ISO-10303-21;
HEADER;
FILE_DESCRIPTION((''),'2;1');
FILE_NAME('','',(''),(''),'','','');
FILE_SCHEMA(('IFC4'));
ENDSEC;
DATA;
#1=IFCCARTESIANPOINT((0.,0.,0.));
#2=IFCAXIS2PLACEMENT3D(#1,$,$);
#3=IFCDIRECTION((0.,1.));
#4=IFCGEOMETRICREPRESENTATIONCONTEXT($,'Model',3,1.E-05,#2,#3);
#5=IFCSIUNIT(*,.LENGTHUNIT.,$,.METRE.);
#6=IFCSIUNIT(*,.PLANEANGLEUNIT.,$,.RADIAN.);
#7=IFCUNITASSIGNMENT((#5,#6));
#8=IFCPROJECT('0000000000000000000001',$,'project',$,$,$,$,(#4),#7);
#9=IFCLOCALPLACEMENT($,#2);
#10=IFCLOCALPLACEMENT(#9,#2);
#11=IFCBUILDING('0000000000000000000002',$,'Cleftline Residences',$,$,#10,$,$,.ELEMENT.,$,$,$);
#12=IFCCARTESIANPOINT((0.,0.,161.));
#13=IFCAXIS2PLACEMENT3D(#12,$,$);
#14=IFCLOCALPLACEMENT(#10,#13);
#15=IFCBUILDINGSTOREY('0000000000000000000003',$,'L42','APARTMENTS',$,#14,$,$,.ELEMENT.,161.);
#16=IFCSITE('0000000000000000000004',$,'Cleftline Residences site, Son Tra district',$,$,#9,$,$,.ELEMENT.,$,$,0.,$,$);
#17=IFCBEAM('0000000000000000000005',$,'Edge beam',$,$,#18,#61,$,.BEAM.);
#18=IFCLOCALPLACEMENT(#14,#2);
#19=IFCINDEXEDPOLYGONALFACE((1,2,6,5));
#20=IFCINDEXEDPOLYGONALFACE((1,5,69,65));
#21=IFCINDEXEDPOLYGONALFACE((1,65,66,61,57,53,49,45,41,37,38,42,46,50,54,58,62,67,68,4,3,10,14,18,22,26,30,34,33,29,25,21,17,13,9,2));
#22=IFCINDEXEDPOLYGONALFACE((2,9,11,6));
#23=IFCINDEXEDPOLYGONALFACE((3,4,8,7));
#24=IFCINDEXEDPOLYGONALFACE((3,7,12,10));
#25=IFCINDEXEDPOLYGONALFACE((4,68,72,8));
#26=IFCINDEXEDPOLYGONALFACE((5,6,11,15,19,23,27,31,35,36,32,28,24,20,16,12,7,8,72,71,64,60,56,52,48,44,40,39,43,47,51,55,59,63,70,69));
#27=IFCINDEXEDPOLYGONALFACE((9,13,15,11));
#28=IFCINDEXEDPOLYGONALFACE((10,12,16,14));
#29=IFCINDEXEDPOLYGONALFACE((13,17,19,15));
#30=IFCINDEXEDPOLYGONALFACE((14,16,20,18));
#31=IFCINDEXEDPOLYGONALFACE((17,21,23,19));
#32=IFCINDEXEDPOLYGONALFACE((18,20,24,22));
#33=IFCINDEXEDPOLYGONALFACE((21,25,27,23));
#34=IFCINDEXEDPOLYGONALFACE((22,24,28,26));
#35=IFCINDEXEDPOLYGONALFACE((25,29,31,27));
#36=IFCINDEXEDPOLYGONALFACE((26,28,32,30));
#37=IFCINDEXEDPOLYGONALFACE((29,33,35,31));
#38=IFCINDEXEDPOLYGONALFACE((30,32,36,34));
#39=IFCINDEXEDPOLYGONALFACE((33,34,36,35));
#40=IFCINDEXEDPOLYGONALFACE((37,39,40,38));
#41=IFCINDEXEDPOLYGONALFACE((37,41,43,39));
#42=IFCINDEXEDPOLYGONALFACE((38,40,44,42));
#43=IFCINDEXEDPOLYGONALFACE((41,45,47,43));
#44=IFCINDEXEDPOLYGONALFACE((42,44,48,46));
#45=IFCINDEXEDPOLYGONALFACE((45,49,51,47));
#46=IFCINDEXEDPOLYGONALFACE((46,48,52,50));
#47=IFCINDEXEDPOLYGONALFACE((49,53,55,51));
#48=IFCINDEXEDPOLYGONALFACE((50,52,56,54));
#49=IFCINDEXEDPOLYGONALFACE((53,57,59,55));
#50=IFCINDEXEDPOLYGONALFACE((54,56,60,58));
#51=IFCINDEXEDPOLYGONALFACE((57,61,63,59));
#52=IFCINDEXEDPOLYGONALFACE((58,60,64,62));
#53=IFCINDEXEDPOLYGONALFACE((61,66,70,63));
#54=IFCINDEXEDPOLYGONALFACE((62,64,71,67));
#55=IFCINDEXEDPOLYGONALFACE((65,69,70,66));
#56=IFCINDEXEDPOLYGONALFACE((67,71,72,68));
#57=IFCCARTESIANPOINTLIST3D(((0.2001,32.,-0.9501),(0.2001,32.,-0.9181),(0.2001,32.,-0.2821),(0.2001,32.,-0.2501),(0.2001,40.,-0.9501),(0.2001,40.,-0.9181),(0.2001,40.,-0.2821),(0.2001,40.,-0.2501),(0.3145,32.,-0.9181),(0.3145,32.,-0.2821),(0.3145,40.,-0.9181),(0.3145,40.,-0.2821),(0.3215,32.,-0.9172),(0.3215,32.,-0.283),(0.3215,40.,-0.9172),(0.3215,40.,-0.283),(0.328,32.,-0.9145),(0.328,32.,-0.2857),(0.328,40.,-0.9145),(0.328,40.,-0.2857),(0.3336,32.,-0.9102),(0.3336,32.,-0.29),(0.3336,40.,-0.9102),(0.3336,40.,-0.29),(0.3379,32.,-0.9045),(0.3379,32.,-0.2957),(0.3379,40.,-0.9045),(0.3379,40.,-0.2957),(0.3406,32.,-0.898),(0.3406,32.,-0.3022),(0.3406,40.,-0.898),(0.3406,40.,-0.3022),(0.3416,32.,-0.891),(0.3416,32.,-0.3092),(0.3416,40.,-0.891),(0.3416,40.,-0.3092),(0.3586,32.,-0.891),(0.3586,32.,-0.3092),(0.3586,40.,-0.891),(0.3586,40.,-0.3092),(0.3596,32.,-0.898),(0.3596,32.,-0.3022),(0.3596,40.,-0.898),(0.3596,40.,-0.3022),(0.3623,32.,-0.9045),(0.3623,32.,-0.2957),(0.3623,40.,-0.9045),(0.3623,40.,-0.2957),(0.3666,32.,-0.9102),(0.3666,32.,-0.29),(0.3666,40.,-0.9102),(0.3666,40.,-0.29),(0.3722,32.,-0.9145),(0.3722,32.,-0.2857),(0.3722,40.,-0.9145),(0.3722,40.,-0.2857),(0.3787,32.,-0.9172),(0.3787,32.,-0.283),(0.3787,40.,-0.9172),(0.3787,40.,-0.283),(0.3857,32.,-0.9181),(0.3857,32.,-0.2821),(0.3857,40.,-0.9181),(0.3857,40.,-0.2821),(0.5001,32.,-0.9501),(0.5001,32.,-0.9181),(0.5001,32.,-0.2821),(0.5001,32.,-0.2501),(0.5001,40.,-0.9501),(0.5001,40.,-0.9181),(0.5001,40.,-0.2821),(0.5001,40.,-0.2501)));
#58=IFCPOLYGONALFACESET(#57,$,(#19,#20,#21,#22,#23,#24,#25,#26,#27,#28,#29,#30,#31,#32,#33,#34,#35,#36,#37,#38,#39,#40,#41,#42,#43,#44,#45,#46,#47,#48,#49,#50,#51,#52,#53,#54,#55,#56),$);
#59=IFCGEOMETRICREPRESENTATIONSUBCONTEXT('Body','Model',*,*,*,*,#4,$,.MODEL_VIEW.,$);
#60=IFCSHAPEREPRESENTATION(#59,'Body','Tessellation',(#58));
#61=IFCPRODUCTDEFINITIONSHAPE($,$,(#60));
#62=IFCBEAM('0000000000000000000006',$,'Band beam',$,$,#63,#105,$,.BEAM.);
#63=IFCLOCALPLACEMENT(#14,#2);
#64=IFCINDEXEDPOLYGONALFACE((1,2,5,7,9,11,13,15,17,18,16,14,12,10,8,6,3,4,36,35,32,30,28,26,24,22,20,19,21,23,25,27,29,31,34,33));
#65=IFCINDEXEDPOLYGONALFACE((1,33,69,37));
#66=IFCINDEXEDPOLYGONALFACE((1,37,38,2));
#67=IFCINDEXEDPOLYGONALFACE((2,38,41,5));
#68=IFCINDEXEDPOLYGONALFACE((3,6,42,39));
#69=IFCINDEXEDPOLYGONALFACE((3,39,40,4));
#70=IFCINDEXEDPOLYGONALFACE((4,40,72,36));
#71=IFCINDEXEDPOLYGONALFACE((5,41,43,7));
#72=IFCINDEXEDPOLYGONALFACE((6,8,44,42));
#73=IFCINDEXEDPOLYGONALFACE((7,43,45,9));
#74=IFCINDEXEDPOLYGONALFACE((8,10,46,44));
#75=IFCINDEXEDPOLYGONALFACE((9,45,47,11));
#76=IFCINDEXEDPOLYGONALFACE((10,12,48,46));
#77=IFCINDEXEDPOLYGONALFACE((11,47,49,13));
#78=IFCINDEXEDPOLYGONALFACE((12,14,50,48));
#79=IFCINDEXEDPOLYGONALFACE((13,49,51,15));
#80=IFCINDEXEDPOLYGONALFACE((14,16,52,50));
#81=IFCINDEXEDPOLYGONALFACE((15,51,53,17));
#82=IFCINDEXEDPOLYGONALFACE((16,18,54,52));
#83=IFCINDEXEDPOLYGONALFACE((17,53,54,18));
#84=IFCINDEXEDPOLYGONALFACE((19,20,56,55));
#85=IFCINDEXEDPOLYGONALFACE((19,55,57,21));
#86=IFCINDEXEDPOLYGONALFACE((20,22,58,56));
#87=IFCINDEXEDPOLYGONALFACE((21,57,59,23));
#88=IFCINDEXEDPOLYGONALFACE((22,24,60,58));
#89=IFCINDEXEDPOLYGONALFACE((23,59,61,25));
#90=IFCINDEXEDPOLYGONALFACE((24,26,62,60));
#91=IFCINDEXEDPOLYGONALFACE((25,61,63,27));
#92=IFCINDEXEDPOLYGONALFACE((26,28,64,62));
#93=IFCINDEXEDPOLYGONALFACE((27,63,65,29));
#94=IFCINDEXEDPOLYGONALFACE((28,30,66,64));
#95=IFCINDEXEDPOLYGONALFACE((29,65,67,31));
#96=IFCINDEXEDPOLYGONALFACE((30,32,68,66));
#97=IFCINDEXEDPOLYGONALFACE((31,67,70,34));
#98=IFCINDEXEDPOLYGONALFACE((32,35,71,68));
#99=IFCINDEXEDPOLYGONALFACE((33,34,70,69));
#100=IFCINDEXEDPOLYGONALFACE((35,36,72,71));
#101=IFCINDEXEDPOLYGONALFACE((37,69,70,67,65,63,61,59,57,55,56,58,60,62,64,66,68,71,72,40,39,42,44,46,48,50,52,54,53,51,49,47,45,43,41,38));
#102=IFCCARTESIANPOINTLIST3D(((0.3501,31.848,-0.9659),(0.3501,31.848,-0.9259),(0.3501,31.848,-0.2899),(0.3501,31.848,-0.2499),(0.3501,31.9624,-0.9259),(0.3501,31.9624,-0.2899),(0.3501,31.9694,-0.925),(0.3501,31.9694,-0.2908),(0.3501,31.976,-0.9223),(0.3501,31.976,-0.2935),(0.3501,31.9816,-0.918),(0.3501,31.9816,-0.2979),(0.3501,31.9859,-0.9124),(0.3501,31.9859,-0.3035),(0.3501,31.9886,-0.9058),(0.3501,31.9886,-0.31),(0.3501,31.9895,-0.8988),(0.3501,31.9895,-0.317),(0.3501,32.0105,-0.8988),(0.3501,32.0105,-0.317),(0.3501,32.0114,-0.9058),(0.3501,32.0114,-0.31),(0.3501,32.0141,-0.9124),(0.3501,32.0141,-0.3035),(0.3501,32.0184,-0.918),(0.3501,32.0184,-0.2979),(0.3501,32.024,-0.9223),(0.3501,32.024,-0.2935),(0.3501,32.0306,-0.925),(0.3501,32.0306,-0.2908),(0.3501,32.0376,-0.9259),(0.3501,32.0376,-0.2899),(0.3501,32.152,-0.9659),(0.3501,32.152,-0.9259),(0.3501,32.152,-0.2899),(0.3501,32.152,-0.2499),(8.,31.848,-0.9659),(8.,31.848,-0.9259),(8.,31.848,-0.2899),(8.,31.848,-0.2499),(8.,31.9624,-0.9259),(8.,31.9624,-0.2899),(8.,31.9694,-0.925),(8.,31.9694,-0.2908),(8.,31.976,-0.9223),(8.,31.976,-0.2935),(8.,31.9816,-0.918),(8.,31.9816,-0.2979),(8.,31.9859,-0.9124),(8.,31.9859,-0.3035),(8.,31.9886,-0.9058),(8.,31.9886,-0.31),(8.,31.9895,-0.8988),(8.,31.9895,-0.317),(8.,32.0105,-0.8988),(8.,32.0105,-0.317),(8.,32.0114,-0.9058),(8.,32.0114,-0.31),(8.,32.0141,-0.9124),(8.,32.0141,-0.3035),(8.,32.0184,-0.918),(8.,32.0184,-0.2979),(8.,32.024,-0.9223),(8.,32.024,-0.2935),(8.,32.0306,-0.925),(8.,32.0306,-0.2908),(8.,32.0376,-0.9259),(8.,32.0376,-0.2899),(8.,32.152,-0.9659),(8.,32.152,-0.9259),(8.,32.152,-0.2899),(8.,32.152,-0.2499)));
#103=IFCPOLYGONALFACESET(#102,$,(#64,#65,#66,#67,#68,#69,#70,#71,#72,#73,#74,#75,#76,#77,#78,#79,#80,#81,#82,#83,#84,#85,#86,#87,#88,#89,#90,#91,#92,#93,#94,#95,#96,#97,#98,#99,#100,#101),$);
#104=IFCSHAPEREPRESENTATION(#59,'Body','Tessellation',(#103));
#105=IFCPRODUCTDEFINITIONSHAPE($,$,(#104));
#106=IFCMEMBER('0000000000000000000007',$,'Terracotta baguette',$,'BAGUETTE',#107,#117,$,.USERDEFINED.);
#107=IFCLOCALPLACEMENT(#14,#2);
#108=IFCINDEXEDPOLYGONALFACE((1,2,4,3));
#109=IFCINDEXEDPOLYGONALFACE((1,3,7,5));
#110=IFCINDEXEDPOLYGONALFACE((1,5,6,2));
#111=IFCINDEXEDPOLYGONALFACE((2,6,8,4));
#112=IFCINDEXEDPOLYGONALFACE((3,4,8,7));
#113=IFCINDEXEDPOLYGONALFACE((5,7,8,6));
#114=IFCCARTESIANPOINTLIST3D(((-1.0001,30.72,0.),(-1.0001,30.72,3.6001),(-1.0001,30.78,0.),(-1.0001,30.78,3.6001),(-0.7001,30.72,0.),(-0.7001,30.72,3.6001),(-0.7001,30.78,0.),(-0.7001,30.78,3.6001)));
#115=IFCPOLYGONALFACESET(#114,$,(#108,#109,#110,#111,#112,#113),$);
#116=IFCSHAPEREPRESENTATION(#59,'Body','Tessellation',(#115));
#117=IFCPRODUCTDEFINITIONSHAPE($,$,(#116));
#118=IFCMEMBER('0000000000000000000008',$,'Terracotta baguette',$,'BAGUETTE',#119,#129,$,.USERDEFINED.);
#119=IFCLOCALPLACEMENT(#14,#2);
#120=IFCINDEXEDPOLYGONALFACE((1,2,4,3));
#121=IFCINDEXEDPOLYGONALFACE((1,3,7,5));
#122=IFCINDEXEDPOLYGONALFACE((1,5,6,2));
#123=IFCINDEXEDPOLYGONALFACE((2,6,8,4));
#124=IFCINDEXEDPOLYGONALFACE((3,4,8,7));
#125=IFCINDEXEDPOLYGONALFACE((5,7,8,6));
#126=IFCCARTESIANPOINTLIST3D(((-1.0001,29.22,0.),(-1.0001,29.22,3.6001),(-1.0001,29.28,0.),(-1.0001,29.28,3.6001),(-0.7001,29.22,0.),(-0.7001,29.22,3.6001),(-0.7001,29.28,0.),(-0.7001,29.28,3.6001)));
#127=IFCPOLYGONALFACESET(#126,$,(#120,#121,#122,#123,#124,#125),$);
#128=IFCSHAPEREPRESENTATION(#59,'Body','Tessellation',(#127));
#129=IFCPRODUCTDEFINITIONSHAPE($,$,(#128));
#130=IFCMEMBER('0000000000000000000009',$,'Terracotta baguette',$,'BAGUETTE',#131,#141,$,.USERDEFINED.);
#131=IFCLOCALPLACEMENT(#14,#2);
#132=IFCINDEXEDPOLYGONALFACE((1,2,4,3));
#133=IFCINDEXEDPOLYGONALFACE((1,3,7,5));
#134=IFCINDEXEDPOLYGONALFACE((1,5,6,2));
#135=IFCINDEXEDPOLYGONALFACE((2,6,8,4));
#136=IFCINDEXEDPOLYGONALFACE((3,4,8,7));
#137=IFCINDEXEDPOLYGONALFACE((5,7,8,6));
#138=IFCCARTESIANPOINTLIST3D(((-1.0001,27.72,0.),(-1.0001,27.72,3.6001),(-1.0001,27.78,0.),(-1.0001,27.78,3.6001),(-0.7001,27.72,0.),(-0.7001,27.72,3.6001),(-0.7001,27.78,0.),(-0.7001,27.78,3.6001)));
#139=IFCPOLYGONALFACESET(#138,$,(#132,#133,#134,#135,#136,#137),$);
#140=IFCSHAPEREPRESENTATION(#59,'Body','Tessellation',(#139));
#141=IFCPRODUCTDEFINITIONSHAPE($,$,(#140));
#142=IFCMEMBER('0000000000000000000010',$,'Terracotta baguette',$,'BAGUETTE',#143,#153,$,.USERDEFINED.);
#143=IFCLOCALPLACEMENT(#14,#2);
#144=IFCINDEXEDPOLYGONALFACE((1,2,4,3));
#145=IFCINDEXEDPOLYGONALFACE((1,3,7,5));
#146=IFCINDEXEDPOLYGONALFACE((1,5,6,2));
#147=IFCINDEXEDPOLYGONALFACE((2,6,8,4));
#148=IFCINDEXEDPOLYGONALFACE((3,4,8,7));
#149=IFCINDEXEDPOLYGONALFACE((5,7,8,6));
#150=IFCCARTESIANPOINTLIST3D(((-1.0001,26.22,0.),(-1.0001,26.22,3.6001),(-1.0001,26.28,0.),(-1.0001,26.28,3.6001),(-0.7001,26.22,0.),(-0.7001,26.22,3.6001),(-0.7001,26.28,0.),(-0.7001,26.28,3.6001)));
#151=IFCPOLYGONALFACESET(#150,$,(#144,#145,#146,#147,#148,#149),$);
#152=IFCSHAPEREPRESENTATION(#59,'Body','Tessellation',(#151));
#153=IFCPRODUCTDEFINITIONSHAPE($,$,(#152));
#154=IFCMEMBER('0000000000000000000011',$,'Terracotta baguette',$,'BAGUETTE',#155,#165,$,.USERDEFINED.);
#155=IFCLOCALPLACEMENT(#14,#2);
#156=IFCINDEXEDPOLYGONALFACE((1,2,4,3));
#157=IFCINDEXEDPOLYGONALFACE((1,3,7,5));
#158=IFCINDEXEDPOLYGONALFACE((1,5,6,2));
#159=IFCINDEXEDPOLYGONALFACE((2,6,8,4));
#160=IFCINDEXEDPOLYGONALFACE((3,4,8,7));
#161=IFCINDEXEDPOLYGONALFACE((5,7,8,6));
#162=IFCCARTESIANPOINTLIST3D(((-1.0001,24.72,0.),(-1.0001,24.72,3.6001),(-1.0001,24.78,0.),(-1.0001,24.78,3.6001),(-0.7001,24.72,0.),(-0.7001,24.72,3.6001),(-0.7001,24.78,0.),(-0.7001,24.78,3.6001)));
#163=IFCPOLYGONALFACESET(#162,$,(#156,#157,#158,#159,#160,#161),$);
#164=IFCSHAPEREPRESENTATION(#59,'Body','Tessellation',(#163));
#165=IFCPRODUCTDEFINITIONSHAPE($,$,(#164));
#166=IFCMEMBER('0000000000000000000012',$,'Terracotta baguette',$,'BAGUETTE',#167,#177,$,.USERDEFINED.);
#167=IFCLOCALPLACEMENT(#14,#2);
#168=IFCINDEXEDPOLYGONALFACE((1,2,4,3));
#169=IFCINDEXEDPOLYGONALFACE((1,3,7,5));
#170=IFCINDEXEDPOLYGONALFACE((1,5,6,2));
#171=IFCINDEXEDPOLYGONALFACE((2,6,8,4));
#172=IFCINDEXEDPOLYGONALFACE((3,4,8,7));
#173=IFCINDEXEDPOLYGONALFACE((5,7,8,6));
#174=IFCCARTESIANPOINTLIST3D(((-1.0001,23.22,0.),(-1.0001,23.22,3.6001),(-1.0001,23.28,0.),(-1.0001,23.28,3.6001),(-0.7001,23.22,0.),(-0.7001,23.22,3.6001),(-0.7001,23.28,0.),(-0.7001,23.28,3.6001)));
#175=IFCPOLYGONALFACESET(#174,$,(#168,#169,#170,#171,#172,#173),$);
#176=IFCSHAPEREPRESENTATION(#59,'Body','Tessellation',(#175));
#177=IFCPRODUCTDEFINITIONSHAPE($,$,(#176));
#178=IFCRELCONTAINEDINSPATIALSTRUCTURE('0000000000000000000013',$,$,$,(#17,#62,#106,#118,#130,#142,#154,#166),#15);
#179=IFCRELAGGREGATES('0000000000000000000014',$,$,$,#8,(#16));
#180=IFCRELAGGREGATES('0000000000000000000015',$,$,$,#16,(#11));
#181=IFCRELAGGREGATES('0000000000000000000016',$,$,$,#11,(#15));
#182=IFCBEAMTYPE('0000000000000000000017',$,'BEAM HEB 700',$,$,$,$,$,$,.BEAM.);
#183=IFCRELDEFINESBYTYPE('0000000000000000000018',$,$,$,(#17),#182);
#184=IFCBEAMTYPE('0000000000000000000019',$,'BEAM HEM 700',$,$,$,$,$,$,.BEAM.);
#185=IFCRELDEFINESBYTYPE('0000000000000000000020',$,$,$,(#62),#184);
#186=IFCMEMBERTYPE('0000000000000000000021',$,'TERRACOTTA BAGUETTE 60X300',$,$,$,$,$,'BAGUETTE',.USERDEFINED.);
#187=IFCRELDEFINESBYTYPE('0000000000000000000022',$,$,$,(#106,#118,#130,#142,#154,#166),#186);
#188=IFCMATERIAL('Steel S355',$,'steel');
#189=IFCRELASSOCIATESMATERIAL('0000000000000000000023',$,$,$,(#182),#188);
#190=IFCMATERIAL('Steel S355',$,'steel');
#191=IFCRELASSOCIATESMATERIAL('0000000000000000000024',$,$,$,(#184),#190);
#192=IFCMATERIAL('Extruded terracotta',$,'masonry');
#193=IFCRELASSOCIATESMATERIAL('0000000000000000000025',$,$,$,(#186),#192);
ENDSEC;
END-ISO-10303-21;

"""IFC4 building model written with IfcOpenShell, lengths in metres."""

from ifc_helpers import new_model, si_unit, direction, frame, origin, origin_2d, place, context, subcontext, project, spatial, rectangle, i_section, extrude, material, material_profile, profile_set, type_object, element, save


model = new_model("IFC4")

# Units and contexts
model_context = context("Model", 3, precision=1e-05, world=origin(), true_north=direction((0.0, 1.0)))
body_context = subcontext(model_context, "Body", "Model", "MODEL_VIEW")
ifc_project = project(units=[si_unit("LENGTHUNIT", "METRE"), si_unit("PLANEANGLEUNIT", "RADIAN")], contexts=[model_context])

# Site, building, storey
site_placement = place(None, origin())
site = spatial("IfcSite", under=ifc_project, at=site_placement, Name="Cleftline Residences site, Son Tra district", CompositionType="ELEMENT", RefElevation=0.0)
building_placement = place(site_placement, origin())
building = spatial("IfcBuilding", under=site, at=building_placement, Name="Cleftline Residences", CompositionType="ELEMENT")
storey_placement = place(building_placement, frame((0.0, 0.0, 161.0)))
storey = spatial("IfcBuildingStorey", under=building, at=storey_placement, Name="L42", Description="APARTMENTS", CompositionType="ELEMENT", Elevation=161.0)

# Beams
ifc_material_1 = material(Name="Steel S355", Category="steel")
ifc_material_profile_1 = material_profile(ifc_material_1, i_section(OverallWidth=0.3, OverallDepth=0.7, WebThickness=0.0171, FlangeThickness=0.032, FilletRadius=0.0271, at=origin_2d()))
ifc_profile_set_1 = profile_set([ifc_material_profile_1], Name="Steel S355")
beam_type_1 = type_object("IfcBeamType", Name="BEAM HEB 700", PredefinedType="BEAM", material=ifc_profile_set_1)
for number, where, z_axis, x_axis, name in (
    (1, (0.3501, 32.0, -0.6001), (0.0, 1.0, 0.0), (-1.0, 0.0, 0.0), "Edge beam"),
):
    element("IfcBeam", number, at=place(storey_placement, frame(where, z_axis=z_axis, x_axis=x_axis)), inside=storey, type_object=beam_type_1, Name=name, PredefinedType="BEAM", context=body_context, shape_type="SweptSolid", body=[
        extrude(i_section(OverallWidth=0.3, OverallDepth=0.7, WebThickness=0.0171, FlangeThickness=0.032, FilletRadius=0.0271, at=origin_2d()), origin(), (0.0, 0.0, 1.0), 8.0),
    ])
ifc_material_2 = material(Name="Steel S355", Category="steel")
ifc_material_profile_2 = material_profile(ifc_material_2, i_section(OverallWidth=0.304, OverallDepth=0.7161, WebThickness=0.021, FlangeThickness=0.04, FilletRadius=0.0271, at=origin_2d()))
ifc_profile_set_2 = profile_set([ifc_material_profile_2], Name="Steel S355")
beam_type_2 = type_object("IfcBeamType", Name="BEAM HEM 700", PredefinedType="BEAM", material=ifc_profile_set_2)
beam_placement = place(storey_placement, frame((0.3501, 32.0, -0.6079), z_axis=(1.0, 0.0, 0.0), x_axis=(0.0, 1.0, 0.0)))
element("IfcBeam", 2, at=beam_placement, inside=storey, type_object=beam_type_2, Name="Band beam", PredefinedType="BEAM", context=body_context, shape_type="SweptSolid", body=[
    extrude(i_section(OverallWidth=0.304, OverallDepth=0.7161, WebThickness=0.021, FlangeThickness=0.04, FilletRadius=0.0271, at=origin_2d()), origin(), (0.0, 0.0, 1.0), 7.6499),
])

# Members
ifc_material_3 = material(Name="Extruded terracotta", Category="masonry")
ifc_material_profile_3 = material_profile(ifc_material_3, rectangle(XDim=0.0601, YDim=0.3, at=origin_2d()))
ifc_profile_set_3 = profile_set([ifc_material_profile_3], Name="Extruded terracotta")
member_type_1 = type_object("IfcMemberType", Name="TERRACOTTA BAGUETTE 60X300", ElementType="BAGUETTE", PredefinedType="USERDEFINED", material=ifc_profile_set_3)
for number, where, z_axis, x_axis, name in (
    (3, (-0.8501, 30.75, 0.0), (0.0, 0.0, 1.0), (0.0, 1.0, 0.0), "Terracotta baguette"),
    (4, (-0.8501, 29.25, 0.0), (0.0, 0.0, 1.0), (0.0, 1.0, 0.0), "Terracotta baguette"),
    (5, (-0.8501, 27.75, 0.0), (0.0, 0.0, 1.0), (0.0, 1.0, 0.0), "Terracotta baguette"),
    (6, (-0.8501, 26.25, 0.0), (0.0, 0.0, 1.0), (0.0, 1.0, 0.0), "Terracotta baguette"),
    (7, (-0.8501, 24.75, 0.0), (0.0, 0.0, 1.0), (0.0, 1.0, 0.0), "Terracotta baguette"),
    (8, (-0.8501, 23.25, 0.0), (0.0, 0.0, 1.0), (0.0, 1.0, 0.0), "Terracotta baguette"),
):
    element("IfcMember", number, at=place(storey_placement, frame(where, z_axis=z_axis, x_axis=x_axis)), inside=storey, type_object=member_type_1, Name=name, ObjectType="BAGUETTE", PredefinedType="USERDEFINED", context=body_context, shape_type="SweptSolid", body=[
        extrude(rectangle(XDim=0.0601, YDim=0.3, at=origin_2d()), origin(), (0.0, 0.0, 1.0), 3.6001),
    ])

save(model, "model.ifc")
